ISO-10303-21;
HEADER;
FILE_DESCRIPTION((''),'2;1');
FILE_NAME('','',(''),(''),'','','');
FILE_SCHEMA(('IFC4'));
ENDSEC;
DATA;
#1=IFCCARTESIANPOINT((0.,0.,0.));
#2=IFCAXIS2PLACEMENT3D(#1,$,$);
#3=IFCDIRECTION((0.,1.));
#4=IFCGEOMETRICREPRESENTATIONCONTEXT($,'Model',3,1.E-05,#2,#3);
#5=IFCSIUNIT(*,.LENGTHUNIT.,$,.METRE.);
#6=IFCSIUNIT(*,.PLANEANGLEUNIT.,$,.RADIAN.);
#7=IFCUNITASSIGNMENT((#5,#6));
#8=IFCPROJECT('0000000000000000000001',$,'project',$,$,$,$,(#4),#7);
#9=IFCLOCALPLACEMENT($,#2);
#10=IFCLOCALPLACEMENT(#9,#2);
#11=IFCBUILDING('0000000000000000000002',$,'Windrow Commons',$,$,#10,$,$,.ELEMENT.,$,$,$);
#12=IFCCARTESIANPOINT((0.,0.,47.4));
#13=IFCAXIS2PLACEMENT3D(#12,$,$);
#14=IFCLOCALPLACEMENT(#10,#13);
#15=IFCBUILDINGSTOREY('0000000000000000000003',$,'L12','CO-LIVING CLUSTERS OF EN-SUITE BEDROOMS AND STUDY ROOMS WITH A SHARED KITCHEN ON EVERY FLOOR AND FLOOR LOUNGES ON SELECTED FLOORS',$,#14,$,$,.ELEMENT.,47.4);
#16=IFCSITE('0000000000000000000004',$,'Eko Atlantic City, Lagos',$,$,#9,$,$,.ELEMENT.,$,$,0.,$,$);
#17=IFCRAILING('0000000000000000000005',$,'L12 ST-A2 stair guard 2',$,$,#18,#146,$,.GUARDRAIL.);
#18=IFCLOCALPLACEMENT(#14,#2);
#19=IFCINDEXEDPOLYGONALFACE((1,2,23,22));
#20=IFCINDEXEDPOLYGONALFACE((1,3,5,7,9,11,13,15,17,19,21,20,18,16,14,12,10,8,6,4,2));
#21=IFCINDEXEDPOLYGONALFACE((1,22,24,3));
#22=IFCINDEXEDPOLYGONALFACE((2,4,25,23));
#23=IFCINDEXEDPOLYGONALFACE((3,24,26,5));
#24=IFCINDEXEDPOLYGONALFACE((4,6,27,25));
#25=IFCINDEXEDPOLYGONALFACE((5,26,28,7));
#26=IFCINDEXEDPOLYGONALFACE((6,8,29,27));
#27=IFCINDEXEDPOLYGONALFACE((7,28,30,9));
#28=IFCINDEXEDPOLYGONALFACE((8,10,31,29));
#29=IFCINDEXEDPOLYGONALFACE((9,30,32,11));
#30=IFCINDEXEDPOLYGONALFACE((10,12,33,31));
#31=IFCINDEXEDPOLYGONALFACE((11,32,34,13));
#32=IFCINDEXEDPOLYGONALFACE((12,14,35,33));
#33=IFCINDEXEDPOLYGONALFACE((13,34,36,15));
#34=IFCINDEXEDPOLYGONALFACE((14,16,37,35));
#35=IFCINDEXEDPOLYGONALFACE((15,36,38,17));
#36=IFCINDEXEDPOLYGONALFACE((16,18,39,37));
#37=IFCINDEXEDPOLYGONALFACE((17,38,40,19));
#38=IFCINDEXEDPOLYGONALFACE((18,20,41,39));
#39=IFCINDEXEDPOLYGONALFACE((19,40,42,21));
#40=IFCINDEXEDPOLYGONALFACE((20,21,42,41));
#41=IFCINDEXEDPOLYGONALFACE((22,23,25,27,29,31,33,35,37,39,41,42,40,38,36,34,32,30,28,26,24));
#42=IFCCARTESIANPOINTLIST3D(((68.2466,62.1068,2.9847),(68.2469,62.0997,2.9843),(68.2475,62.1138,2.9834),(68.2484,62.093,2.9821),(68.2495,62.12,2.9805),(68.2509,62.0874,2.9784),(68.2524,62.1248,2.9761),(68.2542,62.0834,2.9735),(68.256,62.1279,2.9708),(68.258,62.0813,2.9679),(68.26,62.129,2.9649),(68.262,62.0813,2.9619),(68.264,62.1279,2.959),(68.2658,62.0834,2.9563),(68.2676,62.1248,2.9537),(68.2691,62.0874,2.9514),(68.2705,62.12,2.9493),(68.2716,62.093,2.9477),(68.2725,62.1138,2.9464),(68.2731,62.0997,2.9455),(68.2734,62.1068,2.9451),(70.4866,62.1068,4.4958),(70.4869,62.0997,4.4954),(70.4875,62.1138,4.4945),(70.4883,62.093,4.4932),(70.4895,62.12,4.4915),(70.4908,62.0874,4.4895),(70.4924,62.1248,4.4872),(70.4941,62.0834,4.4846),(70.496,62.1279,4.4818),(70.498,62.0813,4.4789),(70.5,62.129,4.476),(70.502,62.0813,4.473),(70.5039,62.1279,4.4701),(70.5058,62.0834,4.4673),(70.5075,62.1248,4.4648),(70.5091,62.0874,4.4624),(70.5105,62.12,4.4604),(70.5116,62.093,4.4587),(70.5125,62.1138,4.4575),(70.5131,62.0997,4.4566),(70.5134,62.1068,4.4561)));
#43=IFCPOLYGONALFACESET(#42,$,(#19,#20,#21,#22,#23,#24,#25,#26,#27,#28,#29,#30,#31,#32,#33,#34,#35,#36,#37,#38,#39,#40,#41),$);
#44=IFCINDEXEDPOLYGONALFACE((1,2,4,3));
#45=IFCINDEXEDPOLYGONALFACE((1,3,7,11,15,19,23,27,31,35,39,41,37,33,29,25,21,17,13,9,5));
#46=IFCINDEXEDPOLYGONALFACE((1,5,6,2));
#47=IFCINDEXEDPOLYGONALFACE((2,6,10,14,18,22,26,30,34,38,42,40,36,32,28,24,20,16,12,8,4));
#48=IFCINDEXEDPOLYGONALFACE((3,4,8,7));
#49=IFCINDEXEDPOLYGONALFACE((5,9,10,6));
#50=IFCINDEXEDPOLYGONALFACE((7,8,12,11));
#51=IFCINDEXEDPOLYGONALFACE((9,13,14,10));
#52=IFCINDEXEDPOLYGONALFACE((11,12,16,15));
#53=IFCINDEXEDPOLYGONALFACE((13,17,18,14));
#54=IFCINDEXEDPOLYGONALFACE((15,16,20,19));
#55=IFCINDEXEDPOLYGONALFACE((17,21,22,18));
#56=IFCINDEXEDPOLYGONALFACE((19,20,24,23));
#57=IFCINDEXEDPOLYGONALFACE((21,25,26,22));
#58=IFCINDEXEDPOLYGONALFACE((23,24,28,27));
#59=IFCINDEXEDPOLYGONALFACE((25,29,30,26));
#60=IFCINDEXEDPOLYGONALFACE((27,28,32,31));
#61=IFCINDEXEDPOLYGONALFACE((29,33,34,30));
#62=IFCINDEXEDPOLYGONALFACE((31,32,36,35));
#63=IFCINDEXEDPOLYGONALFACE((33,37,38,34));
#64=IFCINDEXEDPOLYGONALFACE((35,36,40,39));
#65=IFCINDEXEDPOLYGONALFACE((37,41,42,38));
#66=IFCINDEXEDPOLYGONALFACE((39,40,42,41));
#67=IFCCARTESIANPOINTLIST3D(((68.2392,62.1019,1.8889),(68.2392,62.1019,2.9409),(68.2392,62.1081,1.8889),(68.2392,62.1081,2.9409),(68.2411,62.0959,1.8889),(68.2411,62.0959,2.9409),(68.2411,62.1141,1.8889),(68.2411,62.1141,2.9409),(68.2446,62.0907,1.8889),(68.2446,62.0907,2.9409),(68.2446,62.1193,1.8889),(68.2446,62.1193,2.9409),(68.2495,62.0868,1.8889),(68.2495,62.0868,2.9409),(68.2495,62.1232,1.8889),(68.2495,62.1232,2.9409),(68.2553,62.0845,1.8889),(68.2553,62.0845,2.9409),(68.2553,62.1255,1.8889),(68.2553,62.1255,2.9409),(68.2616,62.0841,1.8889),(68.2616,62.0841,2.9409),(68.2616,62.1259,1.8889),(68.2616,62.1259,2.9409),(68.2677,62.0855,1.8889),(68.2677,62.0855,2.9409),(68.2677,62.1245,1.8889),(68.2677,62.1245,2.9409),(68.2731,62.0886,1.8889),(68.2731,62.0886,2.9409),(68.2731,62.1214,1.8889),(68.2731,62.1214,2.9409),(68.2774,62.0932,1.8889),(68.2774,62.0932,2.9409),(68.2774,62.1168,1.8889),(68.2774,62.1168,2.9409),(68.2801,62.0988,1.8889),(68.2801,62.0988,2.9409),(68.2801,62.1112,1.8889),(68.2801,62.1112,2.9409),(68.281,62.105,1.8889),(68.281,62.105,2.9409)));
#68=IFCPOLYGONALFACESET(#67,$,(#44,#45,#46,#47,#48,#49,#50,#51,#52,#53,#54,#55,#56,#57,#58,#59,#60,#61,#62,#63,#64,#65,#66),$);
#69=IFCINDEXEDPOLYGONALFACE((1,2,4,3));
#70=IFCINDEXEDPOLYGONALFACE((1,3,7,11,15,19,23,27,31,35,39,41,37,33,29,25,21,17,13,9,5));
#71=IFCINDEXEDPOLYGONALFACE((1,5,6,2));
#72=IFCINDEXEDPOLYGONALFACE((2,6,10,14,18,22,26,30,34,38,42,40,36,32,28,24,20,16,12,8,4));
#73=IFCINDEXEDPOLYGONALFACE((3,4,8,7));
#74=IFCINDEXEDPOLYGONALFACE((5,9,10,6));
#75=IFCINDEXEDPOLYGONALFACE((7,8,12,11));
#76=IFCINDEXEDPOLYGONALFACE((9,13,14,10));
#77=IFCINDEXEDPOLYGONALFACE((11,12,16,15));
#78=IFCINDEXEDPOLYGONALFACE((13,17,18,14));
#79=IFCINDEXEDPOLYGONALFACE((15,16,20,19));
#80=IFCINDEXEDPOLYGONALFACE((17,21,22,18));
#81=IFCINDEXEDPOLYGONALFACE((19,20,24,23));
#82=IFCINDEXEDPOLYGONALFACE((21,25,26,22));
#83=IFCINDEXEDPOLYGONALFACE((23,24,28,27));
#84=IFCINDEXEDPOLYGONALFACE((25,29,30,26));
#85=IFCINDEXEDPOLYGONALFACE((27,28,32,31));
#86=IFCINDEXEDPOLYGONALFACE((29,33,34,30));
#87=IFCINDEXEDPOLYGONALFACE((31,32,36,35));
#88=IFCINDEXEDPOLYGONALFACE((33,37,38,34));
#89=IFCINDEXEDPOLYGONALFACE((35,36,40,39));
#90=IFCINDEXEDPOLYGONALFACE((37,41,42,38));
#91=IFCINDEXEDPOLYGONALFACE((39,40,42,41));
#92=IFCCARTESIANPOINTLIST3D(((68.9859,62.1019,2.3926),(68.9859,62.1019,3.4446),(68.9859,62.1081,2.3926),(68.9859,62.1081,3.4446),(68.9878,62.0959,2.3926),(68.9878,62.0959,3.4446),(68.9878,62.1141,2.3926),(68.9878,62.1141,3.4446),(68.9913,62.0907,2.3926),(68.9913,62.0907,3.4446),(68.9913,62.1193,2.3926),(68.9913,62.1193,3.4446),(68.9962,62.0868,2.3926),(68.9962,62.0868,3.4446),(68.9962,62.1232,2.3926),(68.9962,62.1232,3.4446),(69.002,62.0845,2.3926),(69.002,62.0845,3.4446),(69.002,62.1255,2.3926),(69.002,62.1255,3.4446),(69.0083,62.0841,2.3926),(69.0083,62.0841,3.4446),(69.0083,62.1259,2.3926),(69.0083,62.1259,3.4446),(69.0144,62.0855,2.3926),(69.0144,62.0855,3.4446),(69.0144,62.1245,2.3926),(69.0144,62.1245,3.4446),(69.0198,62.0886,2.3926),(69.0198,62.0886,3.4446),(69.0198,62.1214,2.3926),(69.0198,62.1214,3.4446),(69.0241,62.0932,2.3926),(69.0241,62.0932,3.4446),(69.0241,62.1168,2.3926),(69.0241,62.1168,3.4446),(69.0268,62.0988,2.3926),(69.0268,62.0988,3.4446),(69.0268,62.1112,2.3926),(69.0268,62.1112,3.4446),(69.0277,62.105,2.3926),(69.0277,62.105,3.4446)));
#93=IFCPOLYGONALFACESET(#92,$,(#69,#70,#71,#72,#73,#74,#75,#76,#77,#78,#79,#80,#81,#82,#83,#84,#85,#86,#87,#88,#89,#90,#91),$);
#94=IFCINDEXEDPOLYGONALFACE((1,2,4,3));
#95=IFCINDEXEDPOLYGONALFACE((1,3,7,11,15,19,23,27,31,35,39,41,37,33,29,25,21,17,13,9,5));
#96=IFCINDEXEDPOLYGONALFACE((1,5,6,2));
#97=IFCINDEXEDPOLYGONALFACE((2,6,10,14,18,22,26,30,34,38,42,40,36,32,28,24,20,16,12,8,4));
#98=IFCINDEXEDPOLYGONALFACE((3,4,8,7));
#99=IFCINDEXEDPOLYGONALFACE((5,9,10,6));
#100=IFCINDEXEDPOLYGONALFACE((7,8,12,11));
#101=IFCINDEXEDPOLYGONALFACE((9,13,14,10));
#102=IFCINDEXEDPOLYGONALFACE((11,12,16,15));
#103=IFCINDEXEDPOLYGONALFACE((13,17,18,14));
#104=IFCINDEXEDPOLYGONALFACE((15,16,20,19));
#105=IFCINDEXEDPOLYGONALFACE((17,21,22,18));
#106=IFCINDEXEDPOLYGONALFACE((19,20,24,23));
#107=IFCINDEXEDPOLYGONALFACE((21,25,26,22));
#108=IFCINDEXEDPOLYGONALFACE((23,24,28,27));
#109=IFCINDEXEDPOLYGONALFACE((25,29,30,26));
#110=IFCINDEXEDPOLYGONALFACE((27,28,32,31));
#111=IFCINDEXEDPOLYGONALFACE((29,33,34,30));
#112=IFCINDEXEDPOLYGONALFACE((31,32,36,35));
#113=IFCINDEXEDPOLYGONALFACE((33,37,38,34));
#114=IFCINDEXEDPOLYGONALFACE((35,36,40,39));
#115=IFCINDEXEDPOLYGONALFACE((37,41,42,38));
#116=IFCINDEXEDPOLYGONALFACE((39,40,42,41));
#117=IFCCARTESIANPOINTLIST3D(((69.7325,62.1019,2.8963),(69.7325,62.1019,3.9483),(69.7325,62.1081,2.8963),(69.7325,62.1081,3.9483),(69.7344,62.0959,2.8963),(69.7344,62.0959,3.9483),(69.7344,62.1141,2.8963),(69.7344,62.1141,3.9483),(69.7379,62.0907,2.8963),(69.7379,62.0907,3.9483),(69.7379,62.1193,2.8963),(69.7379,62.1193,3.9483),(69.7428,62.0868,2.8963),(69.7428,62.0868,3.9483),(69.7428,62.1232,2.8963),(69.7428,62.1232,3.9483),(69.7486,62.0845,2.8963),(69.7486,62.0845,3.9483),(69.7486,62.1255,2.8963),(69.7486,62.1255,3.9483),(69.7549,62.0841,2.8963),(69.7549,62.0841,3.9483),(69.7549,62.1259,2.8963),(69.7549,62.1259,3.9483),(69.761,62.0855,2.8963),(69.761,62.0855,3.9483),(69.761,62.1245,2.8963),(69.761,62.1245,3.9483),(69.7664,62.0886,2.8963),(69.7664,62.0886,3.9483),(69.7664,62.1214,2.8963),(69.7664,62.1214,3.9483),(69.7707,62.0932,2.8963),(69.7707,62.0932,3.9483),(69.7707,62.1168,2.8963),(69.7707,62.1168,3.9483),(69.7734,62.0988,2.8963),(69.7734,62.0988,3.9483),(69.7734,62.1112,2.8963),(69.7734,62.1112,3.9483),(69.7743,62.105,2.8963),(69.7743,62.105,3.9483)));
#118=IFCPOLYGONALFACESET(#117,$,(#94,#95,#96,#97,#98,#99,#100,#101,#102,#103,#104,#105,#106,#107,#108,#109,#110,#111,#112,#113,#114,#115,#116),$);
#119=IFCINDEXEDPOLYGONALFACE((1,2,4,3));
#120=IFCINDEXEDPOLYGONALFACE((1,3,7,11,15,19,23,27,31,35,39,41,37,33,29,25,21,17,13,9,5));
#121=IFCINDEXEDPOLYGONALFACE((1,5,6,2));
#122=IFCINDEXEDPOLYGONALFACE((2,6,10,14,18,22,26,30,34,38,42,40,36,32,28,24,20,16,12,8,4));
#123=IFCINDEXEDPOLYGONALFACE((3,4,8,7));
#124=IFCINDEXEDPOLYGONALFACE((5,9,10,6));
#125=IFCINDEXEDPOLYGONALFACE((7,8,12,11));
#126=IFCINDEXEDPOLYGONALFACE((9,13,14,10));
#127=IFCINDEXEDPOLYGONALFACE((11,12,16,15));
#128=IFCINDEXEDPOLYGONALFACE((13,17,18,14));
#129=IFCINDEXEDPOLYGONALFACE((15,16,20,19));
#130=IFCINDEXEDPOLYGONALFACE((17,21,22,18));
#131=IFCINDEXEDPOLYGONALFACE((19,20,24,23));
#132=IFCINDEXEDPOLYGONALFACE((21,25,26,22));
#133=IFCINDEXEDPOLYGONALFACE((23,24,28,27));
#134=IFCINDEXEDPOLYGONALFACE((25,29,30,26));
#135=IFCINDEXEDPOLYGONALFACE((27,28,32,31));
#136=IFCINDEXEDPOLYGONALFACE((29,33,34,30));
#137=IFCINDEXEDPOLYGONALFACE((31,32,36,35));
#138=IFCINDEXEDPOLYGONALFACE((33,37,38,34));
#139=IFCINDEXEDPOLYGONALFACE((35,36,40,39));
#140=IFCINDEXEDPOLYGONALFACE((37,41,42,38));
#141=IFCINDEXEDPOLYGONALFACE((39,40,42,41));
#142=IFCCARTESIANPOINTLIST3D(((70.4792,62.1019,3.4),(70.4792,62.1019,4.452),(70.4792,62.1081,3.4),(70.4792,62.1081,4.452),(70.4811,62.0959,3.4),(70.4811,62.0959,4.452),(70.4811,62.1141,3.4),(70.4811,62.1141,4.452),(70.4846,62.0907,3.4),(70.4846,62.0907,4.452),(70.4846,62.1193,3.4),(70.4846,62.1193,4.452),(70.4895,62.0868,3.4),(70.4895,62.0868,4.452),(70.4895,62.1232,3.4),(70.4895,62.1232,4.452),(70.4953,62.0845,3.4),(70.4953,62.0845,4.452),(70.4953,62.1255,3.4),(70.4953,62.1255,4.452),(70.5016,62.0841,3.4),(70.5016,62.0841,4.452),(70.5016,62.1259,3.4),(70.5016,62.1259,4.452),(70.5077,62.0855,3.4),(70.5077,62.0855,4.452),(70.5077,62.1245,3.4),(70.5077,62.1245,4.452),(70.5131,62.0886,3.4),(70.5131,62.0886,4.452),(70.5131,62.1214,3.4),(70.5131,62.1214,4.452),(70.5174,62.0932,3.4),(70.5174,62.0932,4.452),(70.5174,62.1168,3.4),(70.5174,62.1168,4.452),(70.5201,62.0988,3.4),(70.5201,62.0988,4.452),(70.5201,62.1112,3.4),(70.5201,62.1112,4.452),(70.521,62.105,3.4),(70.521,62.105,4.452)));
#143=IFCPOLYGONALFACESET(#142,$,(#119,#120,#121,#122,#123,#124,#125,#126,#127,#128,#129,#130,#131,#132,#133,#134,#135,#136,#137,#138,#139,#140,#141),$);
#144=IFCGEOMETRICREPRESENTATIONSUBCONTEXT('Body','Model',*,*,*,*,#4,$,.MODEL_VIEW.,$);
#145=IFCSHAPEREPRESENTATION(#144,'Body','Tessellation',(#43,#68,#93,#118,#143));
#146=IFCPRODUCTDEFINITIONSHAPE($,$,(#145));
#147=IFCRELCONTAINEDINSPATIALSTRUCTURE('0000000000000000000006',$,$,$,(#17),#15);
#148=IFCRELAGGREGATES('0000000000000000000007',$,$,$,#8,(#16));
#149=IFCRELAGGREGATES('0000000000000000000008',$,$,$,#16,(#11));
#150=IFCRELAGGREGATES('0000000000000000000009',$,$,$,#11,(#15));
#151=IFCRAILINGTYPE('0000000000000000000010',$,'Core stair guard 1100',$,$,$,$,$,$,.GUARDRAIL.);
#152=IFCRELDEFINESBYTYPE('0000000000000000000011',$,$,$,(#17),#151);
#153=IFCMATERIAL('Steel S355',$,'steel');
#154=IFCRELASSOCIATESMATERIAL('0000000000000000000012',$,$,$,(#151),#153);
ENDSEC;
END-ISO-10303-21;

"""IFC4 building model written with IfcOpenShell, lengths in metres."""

from ifc_helpers import new_model, si_unit, direction, frame, origin, origin_2d, place, context, subcontext, project, spatial, circle, extrude, material, type_object, element, save


model = new_model("IFC4")

# Units and contexts
model_context = context("Model", 3, precision=1e-05, world=origin(), true_north=direction((0.0, 1.0)))
body_context = subcontext(model_context, "Body", "Model", "MODEL_VIEW")
ifc_project = project(units=[si_unit("LENGTHUNIT", "METRE"), si_unit("PLANEANGLEUNIT", "RADIAN")], contexts=[model_context])

# Site, building, storey
site_placement = place(None, origin())
site = spatial("IfcSite", under=ifc_project, at=site_placement, Name="Eko Atlantic City, Lagos", CompositionType="ELEMENT", RefElevation=0.0)
building_placement = place(site_placement, origin())
building = spatial("IfcBuilding", under=site, at=building_placement, Name="Windrow Commons", CompositionType="ELEMENT")
storey_placement = place(building_placement, frame((0.0, 0.0, 47.4)))
storey = spatial("IfcBuildingStorey", under=building, at=storey_placement, Name="L12", Description="CO-LIVING CLUSTERS OF EN-SUITE BEDROOMS AND STUDY ROOMS WITH A SHARED KITCHEN ON EVERY FLOOR AND FLOOR LOUNGES ON SELECTED FLOORS", CompositionType="ELEMENT", Elevation=47.4)

# Railing
ifc_material_1 = material(Name="Steel S355", Category="steel")
railing_type_1 = type_object("IfcRailingType", Name="Core stair guard 1100", PredefinedType="GUARDRAIL", material=ifc_material_1)
railing_1_placement = place(storey_placement, frame((68.26, 62.105, 1.8889)))
element("IfcRailing", 1, at=railing_1_placement, inside=storey, type_object=railing_type_1, Name="L12 ST-A2 stair guard 2", PredefinedType="GUARDRAIL", context=body_context, shape_type="SweptSolid", body=[
    extrude(circle(Radius=0.024, at=origin_2d()), frame((0.0, 0.0, 1.076), z_axis=(0.829003, 0.0, 0.559244), x_axis=(0.0, 1.0, 0.0)), (0.0, 0.0, 1.0), 2.702),
    extrude(circle(Radius=0.021, at=origin_2d()), origin(), (0.0, 0.0, 1.0), 1.052),
    extrude(circle(Radius=0.021, at=origin_2d()), frame((0.7467, 0.0, 0.5037)), (0.0, 0.0, 1.0), 1.052),
    extrude(circle(Radius=0.021, at=origin_2d()), frame((1.4933, 0.0, 1.0074)), (0.0, 0.0, 1.0), 1.052),
    extrude(circle(Radius=0.021, at=origin_2d()), frame((2.24, 0.0, 1.5111)), (0.0, 0.0, 1.0), 1.052),
])

save(model, "model.ifc")
